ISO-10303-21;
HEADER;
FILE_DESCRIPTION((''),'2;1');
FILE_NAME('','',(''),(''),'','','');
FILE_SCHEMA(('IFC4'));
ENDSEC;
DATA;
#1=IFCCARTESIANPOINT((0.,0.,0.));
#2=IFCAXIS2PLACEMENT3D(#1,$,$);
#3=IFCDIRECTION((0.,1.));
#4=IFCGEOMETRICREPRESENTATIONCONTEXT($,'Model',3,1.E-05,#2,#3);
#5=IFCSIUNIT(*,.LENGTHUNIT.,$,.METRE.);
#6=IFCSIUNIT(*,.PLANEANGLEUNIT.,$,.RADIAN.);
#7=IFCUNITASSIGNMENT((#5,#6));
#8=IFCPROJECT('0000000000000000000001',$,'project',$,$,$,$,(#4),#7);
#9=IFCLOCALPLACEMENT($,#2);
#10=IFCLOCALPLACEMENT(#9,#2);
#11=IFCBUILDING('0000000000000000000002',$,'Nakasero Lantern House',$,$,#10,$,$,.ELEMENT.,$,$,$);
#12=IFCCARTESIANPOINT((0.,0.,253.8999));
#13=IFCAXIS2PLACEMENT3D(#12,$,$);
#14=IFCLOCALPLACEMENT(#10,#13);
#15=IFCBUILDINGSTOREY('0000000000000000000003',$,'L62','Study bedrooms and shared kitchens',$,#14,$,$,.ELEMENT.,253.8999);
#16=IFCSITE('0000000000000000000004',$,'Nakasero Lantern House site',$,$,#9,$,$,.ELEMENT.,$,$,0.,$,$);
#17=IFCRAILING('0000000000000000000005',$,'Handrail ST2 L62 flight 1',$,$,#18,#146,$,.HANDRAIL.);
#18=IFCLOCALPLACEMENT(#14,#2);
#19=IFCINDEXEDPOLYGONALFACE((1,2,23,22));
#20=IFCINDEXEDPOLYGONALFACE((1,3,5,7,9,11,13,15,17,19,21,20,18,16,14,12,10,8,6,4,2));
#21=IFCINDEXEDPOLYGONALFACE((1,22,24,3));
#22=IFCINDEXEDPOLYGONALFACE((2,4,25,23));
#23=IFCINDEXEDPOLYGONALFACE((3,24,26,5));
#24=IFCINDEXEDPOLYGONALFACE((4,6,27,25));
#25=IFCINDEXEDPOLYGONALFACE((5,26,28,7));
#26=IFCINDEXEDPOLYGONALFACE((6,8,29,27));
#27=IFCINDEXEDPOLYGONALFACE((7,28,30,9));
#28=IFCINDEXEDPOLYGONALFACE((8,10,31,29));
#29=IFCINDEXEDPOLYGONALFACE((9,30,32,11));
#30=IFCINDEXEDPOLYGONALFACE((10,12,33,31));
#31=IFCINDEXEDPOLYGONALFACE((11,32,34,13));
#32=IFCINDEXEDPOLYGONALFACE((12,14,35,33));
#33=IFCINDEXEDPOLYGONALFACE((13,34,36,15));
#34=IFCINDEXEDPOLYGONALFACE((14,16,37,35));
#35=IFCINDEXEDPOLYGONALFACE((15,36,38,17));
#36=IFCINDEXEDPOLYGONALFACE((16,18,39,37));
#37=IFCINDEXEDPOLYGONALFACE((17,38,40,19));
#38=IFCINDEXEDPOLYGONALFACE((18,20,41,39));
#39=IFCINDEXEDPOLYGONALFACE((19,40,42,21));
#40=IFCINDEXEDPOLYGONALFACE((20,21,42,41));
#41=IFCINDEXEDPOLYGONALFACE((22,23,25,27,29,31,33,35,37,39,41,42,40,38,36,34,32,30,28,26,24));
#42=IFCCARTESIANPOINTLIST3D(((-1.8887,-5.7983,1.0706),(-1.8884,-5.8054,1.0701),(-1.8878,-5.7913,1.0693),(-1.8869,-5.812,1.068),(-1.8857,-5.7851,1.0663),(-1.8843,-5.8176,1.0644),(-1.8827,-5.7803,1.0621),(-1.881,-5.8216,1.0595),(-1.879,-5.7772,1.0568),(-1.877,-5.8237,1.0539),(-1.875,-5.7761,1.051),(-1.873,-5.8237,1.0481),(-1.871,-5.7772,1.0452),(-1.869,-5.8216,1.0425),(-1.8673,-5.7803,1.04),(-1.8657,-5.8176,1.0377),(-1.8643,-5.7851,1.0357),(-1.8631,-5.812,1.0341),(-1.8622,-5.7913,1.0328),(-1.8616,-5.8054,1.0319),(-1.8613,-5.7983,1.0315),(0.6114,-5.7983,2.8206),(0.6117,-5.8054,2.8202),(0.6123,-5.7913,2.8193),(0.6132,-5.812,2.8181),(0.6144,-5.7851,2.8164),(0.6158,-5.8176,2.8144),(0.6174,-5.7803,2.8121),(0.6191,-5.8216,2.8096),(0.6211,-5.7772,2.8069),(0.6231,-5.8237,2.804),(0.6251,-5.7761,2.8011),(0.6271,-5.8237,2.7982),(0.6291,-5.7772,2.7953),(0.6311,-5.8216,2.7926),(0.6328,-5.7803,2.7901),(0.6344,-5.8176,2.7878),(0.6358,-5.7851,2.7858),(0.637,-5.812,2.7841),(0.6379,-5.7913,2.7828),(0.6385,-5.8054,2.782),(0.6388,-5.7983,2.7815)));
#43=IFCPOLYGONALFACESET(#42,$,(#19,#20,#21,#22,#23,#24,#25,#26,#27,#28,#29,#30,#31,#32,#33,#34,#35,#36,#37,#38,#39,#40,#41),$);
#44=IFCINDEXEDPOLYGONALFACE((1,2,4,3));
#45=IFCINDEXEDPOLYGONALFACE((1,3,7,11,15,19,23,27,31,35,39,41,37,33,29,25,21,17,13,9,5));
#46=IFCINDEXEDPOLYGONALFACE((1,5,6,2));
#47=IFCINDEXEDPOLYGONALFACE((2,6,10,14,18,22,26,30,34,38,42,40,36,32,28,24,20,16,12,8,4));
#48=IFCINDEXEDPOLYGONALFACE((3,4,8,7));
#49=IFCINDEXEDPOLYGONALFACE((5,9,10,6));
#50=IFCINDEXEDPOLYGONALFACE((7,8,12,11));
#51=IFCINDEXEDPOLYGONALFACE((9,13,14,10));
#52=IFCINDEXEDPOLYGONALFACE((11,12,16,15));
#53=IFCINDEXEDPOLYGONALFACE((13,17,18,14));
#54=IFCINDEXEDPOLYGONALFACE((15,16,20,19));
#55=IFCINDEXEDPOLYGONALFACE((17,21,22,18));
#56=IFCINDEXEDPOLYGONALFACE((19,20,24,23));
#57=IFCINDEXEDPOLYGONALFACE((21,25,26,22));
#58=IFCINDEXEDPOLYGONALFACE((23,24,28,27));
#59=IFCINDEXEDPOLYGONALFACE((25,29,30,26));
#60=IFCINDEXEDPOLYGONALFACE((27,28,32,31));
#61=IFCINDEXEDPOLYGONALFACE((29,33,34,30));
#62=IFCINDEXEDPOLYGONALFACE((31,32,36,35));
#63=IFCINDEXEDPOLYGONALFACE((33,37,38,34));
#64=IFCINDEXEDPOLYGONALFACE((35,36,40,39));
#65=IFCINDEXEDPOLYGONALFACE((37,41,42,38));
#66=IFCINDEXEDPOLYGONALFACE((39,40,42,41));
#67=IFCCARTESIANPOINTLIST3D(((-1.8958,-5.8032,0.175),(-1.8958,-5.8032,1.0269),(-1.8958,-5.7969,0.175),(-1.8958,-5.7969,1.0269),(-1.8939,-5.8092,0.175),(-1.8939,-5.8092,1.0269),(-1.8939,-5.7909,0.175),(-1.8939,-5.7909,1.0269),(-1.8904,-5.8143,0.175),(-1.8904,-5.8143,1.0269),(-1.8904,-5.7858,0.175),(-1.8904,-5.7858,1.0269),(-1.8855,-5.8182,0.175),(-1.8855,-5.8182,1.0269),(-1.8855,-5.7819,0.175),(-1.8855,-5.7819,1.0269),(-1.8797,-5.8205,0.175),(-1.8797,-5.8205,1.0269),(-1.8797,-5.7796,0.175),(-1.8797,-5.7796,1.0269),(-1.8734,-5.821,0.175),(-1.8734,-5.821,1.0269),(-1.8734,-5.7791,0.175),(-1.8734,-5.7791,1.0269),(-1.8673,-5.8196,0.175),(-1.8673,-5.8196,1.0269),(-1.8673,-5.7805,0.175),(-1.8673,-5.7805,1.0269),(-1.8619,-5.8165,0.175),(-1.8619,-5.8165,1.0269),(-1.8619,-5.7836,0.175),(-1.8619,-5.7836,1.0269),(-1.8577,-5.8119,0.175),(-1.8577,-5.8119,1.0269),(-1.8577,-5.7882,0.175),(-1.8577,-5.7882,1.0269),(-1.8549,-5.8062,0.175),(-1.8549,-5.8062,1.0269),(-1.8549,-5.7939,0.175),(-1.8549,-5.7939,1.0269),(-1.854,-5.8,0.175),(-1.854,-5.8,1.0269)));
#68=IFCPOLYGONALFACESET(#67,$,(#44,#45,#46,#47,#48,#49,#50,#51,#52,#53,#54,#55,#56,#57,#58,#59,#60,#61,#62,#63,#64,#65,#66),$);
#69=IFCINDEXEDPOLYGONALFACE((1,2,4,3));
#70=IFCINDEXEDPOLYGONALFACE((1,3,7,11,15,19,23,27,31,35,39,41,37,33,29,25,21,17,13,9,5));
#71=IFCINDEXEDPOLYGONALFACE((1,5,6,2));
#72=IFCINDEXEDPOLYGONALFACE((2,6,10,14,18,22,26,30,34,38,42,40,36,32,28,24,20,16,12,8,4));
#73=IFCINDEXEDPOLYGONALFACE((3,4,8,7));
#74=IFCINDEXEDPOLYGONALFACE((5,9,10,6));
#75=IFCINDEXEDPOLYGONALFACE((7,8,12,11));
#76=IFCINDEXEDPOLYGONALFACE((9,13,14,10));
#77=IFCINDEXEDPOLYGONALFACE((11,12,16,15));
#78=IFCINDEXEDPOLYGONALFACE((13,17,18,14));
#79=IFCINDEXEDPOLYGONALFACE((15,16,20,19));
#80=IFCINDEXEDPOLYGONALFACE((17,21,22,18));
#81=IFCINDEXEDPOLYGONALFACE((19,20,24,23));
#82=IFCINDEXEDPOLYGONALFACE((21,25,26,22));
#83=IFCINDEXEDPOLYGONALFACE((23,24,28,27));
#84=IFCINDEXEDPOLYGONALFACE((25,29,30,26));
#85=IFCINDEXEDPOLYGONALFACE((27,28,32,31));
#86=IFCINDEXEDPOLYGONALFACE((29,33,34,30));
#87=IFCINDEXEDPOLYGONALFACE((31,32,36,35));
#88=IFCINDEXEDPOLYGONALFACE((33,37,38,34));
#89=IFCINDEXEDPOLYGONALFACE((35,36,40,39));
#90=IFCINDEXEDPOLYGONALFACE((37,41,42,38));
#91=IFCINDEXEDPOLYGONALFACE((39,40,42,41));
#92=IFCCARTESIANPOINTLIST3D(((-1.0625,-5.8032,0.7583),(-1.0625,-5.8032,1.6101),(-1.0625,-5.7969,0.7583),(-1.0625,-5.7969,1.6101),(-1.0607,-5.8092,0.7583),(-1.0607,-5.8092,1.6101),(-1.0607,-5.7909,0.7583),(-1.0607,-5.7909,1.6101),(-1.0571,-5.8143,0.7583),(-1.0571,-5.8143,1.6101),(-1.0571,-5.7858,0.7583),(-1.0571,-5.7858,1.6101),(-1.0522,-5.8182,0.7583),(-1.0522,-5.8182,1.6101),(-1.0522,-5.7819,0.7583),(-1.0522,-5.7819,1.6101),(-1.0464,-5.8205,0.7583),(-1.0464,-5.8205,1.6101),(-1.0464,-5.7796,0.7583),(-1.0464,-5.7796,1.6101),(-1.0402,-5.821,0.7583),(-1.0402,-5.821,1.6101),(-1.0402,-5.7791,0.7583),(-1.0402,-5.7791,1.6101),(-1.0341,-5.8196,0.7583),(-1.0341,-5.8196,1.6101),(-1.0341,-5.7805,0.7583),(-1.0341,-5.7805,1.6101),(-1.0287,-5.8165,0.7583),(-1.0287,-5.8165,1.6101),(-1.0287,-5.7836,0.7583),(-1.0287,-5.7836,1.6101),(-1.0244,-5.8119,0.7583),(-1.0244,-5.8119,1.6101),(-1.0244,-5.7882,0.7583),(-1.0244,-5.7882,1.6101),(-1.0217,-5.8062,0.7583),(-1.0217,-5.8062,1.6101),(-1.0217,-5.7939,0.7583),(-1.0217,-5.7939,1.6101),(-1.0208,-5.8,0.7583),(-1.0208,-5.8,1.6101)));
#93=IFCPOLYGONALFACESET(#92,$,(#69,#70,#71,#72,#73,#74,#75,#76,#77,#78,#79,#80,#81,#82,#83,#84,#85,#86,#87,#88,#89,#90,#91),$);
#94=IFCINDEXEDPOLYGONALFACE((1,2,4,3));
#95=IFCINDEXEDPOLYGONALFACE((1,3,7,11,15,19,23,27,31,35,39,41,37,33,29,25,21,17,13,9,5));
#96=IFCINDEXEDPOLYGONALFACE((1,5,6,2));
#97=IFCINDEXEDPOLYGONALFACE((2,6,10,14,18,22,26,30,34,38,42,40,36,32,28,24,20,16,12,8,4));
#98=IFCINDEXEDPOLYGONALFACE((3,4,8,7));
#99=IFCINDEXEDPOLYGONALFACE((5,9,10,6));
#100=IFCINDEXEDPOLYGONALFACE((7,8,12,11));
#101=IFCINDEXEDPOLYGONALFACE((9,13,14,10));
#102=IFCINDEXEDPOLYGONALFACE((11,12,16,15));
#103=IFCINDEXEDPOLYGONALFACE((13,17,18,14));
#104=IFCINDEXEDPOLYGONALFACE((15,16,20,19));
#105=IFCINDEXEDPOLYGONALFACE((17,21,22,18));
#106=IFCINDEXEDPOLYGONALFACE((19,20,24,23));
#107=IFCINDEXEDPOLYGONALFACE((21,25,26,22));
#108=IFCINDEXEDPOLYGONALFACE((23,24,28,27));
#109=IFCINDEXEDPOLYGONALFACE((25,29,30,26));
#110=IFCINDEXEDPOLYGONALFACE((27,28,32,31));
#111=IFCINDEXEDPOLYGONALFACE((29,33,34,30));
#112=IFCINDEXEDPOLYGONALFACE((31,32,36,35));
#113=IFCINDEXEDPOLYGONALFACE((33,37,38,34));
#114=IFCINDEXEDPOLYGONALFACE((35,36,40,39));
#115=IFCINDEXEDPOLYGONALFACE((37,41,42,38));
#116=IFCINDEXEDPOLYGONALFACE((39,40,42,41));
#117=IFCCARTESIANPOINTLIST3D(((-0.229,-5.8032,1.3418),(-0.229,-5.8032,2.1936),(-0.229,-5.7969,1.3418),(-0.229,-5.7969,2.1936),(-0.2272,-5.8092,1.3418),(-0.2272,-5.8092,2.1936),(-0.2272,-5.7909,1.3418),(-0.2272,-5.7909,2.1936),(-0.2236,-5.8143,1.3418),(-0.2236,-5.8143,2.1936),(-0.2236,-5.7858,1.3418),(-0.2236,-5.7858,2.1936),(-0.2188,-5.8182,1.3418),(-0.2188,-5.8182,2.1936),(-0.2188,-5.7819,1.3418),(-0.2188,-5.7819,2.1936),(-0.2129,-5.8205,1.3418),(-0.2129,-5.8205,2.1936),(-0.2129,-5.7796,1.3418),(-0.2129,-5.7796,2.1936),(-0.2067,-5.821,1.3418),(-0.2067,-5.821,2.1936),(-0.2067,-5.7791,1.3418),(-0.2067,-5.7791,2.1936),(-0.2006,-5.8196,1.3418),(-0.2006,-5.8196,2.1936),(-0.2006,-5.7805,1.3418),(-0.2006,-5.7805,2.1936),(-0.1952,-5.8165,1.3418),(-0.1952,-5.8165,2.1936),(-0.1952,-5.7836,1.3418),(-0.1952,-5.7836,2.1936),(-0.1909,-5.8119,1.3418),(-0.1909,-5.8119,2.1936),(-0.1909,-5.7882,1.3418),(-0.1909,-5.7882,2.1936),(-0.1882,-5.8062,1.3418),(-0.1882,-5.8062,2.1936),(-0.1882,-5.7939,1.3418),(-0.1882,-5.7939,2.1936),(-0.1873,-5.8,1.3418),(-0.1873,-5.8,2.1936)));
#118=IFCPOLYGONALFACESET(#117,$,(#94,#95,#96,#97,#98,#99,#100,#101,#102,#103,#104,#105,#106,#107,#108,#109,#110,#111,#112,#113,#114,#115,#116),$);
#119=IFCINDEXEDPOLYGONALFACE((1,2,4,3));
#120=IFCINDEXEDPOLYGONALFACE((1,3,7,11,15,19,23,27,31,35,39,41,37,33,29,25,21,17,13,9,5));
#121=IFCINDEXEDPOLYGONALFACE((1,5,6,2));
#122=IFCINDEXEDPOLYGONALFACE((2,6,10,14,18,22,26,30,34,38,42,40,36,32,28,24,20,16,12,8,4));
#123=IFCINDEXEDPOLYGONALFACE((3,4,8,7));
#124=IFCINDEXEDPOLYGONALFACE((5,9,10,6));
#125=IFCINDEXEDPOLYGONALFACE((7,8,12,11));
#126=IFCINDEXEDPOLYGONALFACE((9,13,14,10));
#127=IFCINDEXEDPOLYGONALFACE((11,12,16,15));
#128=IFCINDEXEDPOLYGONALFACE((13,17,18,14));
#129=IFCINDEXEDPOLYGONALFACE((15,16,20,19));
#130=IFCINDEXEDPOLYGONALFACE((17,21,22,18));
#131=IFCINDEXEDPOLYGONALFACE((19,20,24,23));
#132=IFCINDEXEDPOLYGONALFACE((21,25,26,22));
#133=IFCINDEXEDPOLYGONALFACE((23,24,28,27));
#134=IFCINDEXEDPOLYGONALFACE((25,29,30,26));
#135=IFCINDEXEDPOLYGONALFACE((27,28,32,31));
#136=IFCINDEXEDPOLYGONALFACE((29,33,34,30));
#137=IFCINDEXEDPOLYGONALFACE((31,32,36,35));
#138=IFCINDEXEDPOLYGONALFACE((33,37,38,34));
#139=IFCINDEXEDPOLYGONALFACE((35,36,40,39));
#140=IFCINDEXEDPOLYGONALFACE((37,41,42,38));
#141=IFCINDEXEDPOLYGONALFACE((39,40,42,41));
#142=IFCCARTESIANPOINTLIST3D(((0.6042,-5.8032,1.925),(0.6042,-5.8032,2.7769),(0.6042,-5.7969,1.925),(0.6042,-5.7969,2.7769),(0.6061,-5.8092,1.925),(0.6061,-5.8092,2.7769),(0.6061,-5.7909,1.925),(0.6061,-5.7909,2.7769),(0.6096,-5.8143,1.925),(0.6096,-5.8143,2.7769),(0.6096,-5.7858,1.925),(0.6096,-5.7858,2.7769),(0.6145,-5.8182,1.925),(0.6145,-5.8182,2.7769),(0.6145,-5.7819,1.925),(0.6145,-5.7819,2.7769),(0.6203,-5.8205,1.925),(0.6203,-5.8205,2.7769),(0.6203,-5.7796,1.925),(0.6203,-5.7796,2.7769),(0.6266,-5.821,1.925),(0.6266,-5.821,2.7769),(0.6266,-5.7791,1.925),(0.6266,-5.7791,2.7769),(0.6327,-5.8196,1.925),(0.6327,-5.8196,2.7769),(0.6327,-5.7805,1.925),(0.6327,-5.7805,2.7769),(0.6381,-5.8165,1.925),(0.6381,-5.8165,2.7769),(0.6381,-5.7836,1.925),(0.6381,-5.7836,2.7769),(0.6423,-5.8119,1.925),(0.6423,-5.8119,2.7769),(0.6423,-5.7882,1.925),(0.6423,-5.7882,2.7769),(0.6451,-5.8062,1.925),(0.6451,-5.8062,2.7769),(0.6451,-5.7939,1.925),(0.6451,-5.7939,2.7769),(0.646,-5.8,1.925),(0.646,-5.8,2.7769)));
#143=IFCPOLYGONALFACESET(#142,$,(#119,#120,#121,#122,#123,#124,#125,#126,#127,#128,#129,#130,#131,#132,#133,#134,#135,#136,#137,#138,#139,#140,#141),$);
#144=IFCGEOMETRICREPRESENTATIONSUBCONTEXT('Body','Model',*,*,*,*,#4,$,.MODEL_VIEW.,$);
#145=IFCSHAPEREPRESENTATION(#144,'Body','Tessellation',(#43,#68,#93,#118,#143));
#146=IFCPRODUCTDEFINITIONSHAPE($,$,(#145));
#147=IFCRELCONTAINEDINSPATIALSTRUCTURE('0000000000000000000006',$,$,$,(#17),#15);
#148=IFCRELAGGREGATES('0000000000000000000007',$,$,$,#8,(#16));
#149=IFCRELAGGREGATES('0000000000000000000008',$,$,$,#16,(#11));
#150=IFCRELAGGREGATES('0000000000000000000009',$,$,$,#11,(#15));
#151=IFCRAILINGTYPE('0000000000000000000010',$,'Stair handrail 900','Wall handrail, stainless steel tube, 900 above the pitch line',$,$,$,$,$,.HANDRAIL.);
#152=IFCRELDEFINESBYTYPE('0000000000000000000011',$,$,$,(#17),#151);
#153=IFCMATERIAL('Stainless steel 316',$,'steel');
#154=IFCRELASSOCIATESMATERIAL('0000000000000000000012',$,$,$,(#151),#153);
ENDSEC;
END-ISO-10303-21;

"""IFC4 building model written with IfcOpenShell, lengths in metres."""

from ifc_helpers import new_model, si_unit, direction, frame, origin, origin_2d, place, context, subcontext, project, spatial, circle, extrude, material, type_object, element, save


model = new_model("IFC4")

# Units and contexts
model_context = context("Model", 3, precision=1e-05, world=origin(), true_north=direction((0.0, 1.0)))
body_context = subcontext(model_context, "Body", "Model", "MODEL_VIEW")
ifc_project = project(units=[si_unit("LENGTHUNIT", "METRE"), si_unit("PLANEANGLEUNIT", "RADIAN")], contexts=[model_context])

# Site, building, storey
site_placement = place(None, origin())
site = spatial("IfcSite", under=ifc_project, at=site_placement, Name="Nakasero Lantern House site", CompositionType="ELEMENT", RefElevation=0.0)
building_placement = place(site_placement, origin())
building = spatial("IfcBuilding", under=site, at=building_placement, Name="Nakasero Lantern House", CompositionType="ELEMENT")
storey_placement = place(building_placement, frame((0.0, 0.0, 253.8999)))
storey = spatial("IfcBuildingStorey", under=building, at=storey_placement, Name="L62", Description="Study bedrooms and shared kitchens", CompositionType="ELEMENT", Elevation=253.8999)

# Railing
ifc_material_1 = material(Name="Stainless steel 316", Category="steel")
railing_type = type_object("IfcRailingType", Name="Stair handrail 900", Description="Wall handrail, stainless steel tube, 900 above the pitch line", PredefinedType="HANDRAIL", material=ifc_material_1)
railing_placement = place(storey_placement, frame((-1.875, -5.8, 0.175)))
element("IfcRailing", 1, at=railing_placement, inside=storey, type_object=railing_type, Name="Handrail ST2 L62 flight 1", PredefinedType="HANDRAIL", context=body_context, shape_type="SweptSolid", body=[
    extrude(circle(Radius=0.0239, at=origin_2d()), frame((0.0, 0.0, 0.876), z_axis=(0.819232, 0.0, 0.573462), x_axis=(0.0, 1.0, 0.0)), (0.0, 0.0, 1.0), 3.0518),
    extrude(circle(Radius=0.021, at=origin_2d()), origin(), (0.0, 0.0, 1.0), 0.8518),
    extrude(circle(Radius=0.021, at=origin_2d()), frame((0.8333, 0.0, 0.5833)), (0.0, 0.0, 1.0), 0.8518),
    extrude(circle(Radius=0.021, at=origin_2d()), frame((1.6667, 0.0, 1.1667)), (0.0, 0.0, 1.0), 0.8518),
    extrude(circle(Radius=0.021, at=origin_2d()), frame((2.5, 0.0, 1.75)), (0.0, 0.0, 1.0), 0.8518),
])

save(model, "model.ifc")
